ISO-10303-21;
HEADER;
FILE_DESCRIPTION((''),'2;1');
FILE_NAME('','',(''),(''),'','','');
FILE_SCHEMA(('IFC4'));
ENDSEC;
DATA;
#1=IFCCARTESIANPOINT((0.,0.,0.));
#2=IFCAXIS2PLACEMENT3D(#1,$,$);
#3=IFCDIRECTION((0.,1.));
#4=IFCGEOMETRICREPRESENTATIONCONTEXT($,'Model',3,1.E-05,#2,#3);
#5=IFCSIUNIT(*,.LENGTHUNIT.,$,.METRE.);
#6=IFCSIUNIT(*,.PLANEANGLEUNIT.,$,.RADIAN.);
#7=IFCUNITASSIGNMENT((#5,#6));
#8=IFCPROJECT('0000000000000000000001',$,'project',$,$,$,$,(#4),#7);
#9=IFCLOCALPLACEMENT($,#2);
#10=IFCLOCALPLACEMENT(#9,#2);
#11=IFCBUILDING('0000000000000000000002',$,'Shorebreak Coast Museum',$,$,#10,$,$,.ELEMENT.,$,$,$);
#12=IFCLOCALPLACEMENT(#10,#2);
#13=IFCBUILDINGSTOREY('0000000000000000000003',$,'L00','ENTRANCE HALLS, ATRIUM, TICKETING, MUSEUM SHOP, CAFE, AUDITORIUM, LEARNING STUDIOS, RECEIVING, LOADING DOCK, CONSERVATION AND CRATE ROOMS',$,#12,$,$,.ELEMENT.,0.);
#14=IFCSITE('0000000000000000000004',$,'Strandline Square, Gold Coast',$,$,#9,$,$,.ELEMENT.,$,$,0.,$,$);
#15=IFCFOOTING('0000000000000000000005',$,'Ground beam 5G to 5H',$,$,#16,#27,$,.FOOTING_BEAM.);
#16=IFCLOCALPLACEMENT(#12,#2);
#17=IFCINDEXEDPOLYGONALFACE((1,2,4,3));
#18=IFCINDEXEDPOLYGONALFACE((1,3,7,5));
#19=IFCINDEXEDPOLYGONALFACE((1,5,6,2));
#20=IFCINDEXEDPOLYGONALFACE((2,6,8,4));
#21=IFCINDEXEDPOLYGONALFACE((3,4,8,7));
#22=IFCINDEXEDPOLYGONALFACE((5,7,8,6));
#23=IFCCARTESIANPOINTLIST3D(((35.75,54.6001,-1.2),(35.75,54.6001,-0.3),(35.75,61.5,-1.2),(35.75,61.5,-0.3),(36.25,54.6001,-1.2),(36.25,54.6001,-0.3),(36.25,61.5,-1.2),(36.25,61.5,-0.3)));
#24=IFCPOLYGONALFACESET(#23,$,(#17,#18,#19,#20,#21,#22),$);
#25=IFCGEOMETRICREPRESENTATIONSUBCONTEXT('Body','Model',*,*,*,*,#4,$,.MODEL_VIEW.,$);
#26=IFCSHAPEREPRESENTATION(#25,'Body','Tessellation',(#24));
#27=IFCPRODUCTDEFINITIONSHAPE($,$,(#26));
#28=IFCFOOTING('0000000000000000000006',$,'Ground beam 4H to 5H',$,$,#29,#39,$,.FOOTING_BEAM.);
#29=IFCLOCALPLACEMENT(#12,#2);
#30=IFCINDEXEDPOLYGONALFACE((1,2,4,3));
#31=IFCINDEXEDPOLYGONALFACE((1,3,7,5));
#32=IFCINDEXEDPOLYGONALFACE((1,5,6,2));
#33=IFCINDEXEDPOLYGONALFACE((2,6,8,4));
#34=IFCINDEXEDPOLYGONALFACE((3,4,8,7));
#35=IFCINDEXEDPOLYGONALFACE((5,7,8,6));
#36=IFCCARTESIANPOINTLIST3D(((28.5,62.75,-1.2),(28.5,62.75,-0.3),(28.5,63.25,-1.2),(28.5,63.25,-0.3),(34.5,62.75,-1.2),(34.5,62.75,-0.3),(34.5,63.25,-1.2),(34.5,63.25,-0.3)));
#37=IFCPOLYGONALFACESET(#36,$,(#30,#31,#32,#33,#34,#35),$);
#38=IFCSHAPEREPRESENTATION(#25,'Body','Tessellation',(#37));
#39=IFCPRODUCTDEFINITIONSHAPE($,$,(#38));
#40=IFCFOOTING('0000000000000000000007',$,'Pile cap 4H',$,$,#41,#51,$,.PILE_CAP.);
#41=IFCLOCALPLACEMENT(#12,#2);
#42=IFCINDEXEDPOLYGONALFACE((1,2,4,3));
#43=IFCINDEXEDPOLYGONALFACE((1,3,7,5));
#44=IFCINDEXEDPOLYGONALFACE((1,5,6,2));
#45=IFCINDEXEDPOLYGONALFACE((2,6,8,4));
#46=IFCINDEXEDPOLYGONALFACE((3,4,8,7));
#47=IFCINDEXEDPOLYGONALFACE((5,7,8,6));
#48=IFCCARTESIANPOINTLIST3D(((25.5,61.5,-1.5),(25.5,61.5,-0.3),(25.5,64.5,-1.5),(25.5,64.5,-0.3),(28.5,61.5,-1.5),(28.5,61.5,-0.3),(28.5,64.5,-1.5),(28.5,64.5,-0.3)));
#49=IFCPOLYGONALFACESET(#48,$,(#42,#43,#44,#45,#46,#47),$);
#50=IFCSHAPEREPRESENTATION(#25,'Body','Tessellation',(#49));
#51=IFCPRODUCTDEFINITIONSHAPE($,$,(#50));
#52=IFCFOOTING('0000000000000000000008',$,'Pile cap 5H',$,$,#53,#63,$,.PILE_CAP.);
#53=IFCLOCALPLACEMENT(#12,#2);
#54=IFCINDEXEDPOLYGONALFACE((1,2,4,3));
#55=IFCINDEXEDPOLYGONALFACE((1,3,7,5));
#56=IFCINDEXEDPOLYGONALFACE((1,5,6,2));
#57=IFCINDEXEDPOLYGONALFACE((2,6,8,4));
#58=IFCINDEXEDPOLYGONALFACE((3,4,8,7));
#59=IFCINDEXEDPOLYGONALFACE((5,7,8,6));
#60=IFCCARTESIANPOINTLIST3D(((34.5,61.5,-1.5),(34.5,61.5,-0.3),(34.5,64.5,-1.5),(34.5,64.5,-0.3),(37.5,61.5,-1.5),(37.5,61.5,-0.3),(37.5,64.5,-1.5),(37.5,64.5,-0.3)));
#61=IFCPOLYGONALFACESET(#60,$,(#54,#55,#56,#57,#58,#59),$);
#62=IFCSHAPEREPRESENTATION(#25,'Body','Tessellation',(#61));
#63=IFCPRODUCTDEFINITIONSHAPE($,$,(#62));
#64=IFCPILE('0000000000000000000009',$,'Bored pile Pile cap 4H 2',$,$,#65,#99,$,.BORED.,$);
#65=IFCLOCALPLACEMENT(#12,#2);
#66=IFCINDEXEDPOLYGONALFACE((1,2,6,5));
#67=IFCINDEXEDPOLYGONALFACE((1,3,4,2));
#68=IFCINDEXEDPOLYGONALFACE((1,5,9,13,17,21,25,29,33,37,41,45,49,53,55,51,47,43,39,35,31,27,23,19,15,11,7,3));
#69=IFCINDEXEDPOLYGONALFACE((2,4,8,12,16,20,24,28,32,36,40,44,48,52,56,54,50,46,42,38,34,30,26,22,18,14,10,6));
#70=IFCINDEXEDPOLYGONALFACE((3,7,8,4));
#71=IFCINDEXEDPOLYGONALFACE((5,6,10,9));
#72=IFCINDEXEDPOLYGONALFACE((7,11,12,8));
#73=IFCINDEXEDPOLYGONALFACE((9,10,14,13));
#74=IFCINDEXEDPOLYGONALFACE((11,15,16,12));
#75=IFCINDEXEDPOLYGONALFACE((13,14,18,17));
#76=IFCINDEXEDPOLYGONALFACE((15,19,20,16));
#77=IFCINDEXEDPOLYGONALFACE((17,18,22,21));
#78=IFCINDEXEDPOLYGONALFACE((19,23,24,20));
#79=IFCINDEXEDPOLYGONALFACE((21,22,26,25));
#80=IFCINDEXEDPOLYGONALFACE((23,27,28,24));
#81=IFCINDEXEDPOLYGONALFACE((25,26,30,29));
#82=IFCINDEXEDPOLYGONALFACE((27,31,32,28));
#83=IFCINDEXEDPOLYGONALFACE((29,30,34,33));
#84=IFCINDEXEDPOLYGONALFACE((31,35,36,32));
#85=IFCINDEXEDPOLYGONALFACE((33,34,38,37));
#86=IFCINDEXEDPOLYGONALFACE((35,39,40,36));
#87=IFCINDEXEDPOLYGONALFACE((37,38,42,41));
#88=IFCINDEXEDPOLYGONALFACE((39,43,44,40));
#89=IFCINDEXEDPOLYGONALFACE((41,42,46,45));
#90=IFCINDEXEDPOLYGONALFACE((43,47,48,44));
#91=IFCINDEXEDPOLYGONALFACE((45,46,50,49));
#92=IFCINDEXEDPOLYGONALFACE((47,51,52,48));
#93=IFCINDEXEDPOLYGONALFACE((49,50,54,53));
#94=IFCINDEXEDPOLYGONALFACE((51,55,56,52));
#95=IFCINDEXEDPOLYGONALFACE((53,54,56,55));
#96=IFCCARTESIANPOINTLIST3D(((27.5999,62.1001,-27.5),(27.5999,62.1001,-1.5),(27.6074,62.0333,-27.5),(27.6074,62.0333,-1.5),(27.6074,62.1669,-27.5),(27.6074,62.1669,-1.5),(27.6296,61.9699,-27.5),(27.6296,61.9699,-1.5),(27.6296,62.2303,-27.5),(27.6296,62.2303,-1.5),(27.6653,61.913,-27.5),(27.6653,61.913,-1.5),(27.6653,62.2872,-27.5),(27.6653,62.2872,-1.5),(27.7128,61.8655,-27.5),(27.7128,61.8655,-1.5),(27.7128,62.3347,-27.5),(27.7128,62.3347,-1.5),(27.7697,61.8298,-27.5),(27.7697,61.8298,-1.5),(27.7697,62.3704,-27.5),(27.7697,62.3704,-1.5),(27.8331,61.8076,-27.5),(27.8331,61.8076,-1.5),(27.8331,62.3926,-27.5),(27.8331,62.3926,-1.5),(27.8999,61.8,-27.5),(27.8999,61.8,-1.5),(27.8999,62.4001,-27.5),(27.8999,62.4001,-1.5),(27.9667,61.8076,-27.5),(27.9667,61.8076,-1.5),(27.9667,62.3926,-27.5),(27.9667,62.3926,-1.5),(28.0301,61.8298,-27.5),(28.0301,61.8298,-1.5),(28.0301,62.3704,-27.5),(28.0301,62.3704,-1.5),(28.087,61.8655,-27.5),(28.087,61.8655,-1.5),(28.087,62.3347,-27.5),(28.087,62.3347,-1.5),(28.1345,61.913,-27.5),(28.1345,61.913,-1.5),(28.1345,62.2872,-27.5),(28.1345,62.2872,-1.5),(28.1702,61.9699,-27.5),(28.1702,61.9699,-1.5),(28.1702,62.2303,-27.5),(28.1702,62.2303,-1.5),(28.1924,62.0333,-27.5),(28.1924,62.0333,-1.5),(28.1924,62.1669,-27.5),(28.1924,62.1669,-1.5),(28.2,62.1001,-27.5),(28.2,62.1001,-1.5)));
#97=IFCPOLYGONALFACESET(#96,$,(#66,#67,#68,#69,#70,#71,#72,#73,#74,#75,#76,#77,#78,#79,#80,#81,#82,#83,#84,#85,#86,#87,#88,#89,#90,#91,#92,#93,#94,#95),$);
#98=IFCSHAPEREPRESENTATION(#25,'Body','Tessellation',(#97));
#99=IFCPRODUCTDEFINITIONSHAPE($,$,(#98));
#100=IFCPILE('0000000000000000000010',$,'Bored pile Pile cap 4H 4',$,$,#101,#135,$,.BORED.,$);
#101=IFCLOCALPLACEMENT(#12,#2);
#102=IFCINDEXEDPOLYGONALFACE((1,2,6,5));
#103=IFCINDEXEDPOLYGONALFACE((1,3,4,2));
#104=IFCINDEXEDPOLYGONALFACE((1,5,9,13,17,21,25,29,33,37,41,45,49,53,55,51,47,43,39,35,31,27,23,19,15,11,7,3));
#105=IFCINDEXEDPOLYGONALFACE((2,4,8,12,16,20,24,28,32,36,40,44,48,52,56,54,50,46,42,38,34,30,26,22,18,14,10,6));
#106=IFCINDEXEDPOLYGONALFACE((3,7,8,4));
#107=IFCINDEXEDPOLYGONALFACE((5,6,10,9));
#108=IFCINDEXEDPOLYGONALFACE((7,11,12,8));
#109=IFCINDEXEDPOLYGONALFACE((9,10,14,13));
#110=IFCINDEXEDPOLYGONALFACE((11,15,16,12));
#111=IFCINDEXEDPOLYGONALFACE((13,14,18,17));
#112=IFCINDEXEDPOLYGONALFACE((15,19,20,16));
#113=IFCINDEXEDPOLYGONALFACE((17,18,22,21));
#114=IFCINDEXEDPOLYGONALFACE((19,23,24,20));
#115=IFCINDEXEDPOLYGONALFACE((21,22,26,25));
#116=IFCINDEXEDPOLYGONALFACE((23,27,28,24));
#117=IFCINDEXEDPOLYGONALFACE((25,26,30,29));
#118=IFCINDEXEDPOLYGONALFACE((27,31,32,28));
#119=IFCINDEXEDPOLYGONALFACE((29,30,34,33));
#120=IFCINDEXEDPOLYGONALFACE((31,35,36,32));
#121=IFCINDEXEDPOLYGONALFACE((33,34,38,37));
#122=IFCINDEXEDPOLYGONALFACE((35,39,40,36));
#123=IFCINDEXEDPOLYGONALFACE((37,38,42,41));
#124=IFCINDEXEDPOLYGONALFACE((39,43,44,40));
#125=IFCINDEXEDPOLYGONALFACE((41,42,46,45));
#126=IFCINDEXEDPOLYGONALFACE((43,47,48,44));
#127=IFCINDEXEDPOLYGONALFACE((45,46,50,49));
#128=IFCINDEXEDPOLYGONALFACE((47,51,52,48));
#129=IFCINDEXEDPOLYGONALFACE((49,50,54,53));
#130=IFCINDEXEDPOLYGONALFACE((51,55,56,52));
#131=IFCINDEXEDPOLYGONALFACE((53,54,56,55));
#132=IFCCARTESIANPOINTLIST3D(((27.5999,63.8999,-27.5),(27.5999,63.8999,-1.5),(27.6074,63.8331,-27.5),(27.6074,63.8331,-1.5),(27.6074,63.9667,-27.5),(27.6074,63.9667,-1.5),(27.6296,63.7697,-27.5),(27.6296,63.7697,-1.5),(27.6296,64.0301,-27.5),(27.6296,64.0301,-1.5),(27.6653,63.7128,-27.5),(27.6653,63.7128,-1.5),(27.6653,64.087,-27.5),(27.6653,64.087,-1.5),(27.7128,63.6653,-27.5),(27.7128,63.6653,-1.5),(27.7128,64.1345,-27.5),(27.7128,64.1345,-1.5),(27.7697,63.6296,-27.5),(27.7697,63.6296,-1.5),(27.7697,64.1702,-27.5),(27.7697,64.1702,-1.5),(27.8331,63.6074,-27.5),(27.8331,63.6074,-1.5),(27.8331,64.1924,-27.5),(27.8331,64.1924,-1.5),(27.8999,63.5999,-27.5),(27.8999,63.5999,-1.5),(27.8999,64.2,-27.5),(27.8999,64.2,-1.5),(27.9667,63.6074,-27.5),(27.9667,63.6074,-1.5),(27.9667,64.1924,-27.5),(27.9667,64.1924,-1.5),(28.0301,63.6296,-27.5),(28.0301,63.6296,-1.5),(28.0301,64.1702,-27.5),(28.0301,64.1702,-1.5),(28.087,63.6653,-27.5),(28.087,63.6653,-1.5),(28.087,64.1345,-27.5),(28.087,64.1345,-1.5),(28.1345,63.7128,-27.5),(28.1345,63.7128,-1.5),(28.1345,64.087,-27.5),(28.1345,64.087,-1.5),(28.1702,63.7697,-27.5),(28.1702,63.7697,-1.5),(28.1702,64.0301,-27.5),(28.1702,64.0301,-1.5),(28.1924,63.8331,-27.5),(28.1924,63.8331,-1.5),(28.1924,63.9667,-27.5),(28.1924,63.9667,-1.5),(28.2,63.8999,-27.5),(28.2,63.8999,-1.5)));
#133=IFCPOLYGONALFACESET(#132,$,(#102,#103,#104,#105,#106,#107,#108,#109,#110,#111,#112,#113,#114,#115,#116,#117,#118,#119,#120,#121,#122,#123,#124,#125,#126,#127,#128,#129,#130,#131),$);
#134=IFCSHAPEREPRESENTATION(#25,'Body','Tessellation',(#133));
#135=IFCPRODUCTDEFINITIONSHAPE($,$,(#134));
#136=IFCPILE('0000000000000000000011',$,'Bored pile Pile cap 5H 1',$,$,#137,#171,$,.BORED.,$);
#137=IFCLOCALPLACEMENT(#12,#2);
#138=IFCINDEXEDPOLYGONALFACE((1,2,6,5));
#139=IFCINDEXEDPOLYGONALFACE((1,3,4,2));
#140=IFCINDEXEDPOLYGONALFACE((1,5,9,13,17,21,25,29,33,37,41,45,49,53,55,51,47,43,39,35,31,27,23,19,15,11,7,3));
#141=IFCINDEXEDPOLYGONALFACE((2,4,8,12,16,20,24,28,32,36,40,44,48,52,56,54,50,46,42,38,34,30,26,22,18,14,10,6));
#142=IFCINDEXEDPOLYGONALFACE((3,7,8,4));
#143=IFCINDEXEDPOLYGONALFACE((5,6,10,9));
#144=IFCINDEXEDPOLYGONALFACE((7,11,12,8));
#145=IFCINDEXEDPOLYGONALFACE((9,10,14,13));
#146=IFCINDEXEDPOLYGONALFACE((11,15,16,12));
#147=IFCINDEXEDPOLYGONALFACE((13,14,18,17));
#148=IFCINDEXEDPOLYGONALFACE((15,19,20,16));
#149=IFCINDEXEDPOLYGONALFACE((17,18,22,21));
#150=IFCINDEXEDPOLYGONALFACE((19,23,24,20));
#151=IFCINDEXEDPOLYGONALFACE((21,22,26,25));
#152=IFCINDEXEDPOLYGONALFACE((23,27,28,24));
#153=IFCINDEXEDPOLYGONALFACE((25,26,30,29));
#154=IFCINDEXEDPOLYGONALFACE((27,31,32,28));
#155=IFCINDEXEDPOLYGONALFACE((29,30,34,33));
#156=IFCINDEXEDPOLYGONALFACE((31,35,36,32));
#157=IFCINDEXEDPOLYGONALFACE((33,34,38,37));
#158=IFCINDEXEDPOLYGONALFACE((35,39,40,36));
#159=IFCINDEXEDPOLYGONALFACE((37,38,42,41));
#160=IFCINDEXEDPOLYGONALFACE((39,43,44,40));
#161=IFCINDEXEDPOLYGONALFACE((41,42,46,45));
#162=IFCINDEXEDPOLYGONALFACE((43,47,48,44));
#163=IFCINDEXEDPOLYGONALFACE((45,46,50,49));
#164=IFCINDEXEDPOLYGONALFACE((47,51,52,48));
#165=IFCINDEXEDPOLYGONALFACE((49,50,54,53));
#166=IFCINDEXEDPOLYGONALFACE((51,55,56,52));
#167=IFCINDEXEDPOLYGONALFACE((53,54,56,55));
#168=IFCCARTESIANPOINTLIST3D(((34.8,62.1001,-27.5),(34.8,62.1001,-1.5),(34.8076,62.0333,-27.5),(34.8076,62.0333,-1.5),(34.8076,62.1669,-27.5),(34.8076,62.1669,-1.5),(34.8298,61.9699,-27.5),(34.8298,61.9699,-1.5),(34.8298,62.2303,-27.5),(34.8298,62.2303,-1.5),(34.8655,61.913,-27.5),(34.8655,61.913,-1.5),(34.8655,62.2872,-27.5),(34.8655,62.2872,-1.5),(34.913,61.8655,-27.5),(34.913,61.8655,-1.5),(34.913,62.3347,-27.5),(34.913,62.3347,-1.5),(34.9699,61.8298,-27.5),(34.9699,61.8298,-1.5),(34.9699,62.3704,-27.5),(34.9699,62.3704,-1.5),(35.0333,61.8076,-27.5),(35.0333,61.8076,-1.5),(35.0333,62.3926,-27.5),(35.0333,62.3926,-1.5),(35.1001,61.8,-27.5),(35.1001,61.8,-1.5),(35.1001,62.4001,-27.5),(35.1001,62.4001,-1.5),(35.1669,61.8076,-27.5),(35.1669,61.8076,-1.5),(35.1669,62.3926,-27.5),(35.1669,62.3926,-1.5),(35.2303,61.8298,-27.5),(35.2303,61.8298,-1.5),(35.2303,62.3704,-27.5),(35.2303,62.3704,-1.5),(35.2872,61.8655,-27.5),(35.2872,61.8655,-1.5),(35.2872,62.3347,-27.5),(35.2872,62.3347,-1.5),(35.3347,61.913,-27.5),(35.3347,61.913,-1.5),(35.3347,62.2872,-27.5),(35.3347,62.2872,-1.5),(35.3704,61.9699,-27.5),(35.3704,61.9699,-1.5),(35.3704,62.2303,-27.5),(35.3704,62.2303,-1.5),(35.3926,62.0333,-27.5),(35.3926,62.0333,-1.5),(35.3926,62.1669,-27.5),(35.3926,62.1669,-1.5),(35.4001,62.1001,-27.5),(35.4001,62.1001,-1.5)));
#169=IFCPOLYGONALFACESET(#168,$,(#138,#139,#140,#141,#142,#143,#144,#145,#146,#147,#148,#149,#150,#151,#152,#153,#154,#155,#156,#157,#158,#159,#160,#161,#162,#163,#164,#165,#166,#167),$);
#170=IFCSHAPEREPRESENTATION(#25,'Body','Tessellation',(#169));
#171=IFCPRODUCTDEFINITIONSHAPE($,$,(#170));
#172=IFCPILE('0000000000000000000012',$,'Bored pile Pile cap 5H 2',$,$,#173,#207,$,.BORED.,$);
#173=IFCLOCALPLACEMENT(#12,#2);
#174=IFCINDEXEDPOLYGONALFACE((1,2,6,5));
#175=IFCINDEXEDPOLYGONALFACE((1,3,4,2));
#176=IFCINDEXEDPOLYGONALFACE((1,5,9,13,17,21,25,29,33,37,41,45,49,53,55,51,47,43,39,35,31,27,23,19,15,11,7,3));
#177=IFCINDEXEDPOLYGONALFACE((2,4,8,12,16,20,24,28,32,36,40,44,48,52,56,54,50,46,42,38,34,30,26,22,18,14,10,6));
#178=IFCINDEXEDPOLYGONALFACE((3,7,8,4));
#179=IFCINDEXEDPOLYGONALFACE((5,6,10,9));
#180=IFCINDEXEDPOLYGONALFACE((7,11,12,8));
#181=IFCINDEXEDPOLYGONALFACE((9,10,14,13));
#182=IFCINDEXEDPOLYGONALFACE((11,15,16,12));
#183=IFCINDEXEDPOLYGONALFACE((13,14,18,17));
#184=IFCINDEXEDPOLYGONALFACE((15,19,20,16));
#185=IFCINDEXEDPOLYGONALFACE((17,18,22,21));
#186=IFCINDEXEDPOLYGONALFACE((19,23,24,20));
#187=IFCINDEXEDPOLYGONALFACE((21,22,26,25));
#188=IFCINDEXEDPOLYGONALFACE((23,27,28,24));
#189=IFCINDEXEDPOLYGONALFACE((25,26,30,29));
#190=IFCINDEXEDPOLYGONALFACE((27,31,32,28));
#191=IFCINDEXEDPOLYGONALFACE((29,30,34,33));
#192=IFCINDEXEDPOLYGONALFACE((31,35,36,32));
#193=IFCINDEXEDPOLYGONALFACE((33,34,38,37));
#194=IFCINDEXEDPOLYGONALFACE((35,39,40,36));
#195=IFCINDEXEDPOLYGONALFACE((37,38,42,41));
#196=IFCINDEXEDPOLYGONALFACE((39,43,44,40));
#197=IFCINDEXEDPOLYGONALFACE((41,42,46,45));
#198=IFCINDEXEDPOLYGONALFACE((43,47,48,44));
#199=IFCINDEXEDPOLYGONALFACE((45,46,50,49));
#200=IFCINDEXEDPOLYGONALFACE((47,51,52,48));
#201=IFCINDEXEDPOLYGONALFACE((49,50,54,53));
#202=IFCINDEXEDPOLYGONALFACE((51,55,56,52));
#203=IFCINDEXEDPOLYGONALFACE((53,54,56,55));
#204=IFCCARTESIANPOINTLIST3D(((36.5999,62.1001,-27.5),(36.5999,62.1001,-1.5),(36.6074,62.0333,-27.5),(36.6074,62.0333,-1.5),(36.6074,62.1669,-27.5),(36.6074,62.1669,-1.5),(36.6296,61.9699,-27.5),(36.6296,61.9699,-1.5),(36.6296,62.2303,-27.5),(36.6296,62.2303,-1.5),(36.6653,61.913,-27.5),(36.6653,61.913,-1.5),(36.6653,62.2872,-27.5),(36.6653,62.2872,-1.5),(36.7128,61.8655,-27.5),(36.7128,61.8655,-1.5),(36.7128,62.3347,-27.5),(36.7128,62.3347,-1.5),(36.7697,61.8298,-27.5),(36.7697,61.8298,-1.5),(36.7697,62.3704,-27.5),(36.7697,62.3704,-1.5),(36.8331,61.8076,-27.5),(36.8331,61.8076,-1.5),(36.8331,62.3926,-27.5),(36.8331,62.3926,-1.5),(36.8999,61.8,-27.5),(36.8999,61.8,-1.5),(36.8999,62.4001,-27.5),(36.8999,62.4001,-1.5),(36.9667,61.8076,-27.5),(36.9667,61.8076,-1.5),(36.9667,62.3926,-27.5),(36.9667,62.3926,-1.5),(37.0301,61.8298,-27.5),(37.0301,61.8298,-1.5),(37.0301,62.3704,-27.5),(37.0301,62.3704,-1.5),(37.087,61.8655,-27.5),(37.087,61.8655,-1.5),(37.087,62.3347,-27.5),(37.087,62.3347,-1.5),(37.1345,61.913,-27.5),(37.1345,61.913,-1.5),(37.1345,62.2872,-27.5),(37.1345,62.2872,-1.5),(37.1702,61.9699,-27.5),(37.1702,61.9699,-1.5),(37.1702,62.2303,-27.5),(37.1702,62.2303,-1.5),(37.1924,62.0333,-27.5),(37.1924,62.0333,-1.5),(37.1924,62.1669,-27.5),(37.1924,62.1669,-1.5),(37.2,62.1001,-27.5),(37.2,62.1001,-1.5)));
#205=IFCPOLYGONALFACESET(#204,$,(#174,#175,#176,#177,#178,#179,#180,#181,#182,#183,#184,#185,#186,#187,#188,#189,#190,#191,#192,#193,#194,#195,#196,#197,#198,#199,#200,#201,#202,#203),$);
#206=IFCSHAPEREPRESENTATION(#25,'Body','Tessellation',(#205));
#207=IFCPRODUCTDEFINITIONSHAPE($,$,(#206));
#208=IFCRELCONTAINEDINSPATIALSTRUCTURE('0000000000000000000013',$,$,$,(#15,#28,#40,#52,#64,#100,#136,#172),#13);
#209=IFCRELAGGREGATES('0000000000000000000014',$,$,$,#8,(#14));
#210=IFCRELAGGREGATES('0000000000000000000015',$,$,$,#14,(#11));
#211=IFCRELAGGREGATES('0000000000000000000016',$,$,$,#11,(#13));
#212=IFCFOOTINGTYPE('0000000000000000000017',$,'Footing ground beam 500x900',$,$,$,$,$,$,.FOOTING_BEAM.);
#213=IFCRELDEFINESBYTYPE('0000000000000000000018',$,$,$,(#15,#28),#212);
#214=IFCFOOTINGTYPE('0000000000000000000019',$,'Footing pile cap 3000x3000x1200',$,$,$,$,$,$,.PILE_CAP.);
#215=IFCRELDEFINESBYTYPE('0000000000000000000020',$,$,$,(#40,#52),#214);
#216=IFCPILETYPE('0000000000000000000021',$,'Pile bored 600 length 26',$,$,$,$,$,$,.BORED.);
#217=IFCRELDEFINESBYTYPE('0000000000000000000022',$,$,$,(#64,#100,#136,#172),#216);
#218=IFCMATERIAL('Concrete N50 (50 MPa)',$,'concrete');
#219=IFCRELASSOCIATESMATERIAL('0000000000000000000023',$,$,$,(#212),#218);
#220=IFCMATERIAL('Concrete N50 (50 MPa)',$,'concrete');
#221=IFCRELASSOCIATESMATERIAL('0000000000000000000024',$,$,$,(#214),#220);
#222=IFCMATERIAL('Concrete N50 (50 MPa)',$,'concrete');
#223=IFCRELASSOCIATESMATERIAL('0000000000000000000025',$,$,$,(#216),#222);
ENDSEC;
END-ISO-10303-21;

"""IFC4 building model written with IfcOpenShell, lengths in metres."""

from ifc_helpers import new_model, si_unit, direction, frame, origin, origin_2d, place, context, subcontext, project, spatial, rectangle, circle, extrude, material, material_profile, profile_set, type_object, element, save


model = new_model("IFC4")

# Units and contexts
model_context = context("Model", 3, precision=1e-05, world=origin(), true_north=direction((0.0, 1.0)))
body_context = subcontext(model_context, "Body", "Model", "MODEL_VIEW")
ifc_project = project(units=[si_unit("LENGTHUNIT", "METRE"), si_unit("PLANEANGLEUNIT", "RADIAN")], contexts=[model_context])

# Site, building, storey
site_placement = place(None, origin())
site = spatial("IfcSite", under=ifc_project, at=site_placement, Name="Strandline Square, Gold Coast", CompositionType="ELEMENT", RefElevation=0.0)
building_placement = place(site_placement, origin())
building = spatial("IfcBuilding", under=site, at=building_placement, Name="Shorebreak Coast Museum", CompositionType="ELEMENT")
storey_placement = place(building_placement, origin())
storey = spatial("IfcBuildingStorey", under=building, at=storey_placement, Name="L00", Description="ENTRANCE HALLS, ATRIUM, TICKETING, MUSEUM SHOP, CAFE, AUDITORIUM, LEARNING STUDIOS, RECEIVING, LOADING DOCK, CONSERVATION AND CRATE ROOMS", CompositionType="ELEMENT", Elevation=0.0)

# Footings
ifc_material_1 = material(Name="Concrete N50 (50 MPa)", Category="concrete")
footing_type_1 = type_object("IfcFootingType", Name="Footing ground beam 500x900", PredefinedType="FOOTING_BEAM", material=ifc_material_1)
footing_1_placement = place(storey_placement, frame((36.0, 58.05, -1.2), z_axis=(0.0, 0.0, 1.0), x_axis=(1.0, 0.0, 0.0)))
element("IfcFooting", 1, at=footing_1_placement, inside=storey, type_object=footing_type_1, Name="Ground beam 5G to 5H", PredefinedType="FOOTING_BEAM", context=body_context, shape_type="SweptSolid", body=[
    extrude(rectangle(XDim=0.5, YDim=6.8999, at=origin_2d()), origin(), (0.0, 0.0, 1.0), 0.8999),
])
footing_2_placement = place(storey_placement, frame((31.5, 63.0, -1.2), z_axis=(0.0, 0.0, 1.0), x_axis=(1.0, 0.0, 0.0)))
element("IfcFooting", 2, at=footing_2_placement, inside=storey, type_object=footing_type_1, Name="Ground beam 4H to 5H", PredefinedType="FOOTING_BEAM", context=body_context, shape_type="SweptSolid", body=[
    extrude(rectangle(XDim=6.0, YDim=0.5, at=origin_2d()), origin(), (0.0, 0.0, 1.0), 0.8999),
])
ifc_material_2 = material(Name="Concrete N50 (50 MPa)", Category="concrete")
footing_type_2 = type_object("IfcFootingType", Name="Footing pile cap 3000x3000x1200", PredefinedType="PILE_CAP", material=ifc_material_2)
for number, where, z_axis, x_axis, name in (
    (3, (27.0, 63.0, -1.5), (0.0, 0.0, 1.0), (1.0, 0.0, 0.0), "Pile cap 4H"),
    (4, (36.0, 63.0, -1.5), (0.0, 0.0, 1.0), (1.0, 0.0, 0.0), "Pile cap 5H"),
):
    element("IfcFooting", number, at=place(storey_placement, frame(where, z_axis=z_axis, x_axis=x_axis)), inside=storey, type_object=footing_type_2, Name=name, PredefinedType="PILE_CAP", context=body_context, shape_type="SweptSolid", body=[
        extrude(rectangle(XDim=3.0, YDim=3.0, at=origin_2d()), origin(), (0.0, 0.0, 1.0), 1.2),
    ])

# Piles
ifc_material_3 = material(Name="Concrete N50 (50 MPa)", Category="concrete")
ifc_material_profile_1 = material_profile(ifc_material_3, circle(Radius=0.3, at=origin_2d()), Name="Pile bored 600 length 26")
ifc_profile_set_1 = profile_set([ifc_material_profile_1], Name="Concrete N50 (50 MPa)")
pile_type_1 = type_object("IfcPileType", Name="Pile bored 600 length 26", PredefinedType="BORED", material=ifc_profile_set_1)
for number, where, z_axis, x_axis, name in (
    (5, (27.8999, 62.1001, -1.5), (0.0, 0.0, -1.0), (1.0, 0.0, 0.0), "Bored pile Pile cap 4H 2"),
    (6, (27.8999, 63.8999, -1.5), (0.0, 0.0, -1.0), (1.0, 0.0, 0.0), "Bored pile Pile cap 4H 4"),
    (7, (35.1001, 62.1001, -1.5), (0.0, 0.0, -1.0), (1.0, 0.0, 0.0), "Bored pile Pile cap 5H 1"),
    (8, (36.8999, 62.1001, -1.5), (0.0, 0.0, -1.0), (1.0, 0.0, 0.0), "Bored pile Pile cap 5H 2"),
):
    element("IfcPile", number, at=place(storey_placement, frame(where, z_axis=z_axis, x_axis=x_axis)), inside=storey, type_object=pile_type_1, Name=name, PredefinedType="BORED", context=body_context, shape_type="SweptSolid", body=[
        extrude(circle(Radius=0.3, at=origin_2d()), origin(), (0.0, 0.0, 1.0), 26.0),
    ])

save(model, "model.ifc")
